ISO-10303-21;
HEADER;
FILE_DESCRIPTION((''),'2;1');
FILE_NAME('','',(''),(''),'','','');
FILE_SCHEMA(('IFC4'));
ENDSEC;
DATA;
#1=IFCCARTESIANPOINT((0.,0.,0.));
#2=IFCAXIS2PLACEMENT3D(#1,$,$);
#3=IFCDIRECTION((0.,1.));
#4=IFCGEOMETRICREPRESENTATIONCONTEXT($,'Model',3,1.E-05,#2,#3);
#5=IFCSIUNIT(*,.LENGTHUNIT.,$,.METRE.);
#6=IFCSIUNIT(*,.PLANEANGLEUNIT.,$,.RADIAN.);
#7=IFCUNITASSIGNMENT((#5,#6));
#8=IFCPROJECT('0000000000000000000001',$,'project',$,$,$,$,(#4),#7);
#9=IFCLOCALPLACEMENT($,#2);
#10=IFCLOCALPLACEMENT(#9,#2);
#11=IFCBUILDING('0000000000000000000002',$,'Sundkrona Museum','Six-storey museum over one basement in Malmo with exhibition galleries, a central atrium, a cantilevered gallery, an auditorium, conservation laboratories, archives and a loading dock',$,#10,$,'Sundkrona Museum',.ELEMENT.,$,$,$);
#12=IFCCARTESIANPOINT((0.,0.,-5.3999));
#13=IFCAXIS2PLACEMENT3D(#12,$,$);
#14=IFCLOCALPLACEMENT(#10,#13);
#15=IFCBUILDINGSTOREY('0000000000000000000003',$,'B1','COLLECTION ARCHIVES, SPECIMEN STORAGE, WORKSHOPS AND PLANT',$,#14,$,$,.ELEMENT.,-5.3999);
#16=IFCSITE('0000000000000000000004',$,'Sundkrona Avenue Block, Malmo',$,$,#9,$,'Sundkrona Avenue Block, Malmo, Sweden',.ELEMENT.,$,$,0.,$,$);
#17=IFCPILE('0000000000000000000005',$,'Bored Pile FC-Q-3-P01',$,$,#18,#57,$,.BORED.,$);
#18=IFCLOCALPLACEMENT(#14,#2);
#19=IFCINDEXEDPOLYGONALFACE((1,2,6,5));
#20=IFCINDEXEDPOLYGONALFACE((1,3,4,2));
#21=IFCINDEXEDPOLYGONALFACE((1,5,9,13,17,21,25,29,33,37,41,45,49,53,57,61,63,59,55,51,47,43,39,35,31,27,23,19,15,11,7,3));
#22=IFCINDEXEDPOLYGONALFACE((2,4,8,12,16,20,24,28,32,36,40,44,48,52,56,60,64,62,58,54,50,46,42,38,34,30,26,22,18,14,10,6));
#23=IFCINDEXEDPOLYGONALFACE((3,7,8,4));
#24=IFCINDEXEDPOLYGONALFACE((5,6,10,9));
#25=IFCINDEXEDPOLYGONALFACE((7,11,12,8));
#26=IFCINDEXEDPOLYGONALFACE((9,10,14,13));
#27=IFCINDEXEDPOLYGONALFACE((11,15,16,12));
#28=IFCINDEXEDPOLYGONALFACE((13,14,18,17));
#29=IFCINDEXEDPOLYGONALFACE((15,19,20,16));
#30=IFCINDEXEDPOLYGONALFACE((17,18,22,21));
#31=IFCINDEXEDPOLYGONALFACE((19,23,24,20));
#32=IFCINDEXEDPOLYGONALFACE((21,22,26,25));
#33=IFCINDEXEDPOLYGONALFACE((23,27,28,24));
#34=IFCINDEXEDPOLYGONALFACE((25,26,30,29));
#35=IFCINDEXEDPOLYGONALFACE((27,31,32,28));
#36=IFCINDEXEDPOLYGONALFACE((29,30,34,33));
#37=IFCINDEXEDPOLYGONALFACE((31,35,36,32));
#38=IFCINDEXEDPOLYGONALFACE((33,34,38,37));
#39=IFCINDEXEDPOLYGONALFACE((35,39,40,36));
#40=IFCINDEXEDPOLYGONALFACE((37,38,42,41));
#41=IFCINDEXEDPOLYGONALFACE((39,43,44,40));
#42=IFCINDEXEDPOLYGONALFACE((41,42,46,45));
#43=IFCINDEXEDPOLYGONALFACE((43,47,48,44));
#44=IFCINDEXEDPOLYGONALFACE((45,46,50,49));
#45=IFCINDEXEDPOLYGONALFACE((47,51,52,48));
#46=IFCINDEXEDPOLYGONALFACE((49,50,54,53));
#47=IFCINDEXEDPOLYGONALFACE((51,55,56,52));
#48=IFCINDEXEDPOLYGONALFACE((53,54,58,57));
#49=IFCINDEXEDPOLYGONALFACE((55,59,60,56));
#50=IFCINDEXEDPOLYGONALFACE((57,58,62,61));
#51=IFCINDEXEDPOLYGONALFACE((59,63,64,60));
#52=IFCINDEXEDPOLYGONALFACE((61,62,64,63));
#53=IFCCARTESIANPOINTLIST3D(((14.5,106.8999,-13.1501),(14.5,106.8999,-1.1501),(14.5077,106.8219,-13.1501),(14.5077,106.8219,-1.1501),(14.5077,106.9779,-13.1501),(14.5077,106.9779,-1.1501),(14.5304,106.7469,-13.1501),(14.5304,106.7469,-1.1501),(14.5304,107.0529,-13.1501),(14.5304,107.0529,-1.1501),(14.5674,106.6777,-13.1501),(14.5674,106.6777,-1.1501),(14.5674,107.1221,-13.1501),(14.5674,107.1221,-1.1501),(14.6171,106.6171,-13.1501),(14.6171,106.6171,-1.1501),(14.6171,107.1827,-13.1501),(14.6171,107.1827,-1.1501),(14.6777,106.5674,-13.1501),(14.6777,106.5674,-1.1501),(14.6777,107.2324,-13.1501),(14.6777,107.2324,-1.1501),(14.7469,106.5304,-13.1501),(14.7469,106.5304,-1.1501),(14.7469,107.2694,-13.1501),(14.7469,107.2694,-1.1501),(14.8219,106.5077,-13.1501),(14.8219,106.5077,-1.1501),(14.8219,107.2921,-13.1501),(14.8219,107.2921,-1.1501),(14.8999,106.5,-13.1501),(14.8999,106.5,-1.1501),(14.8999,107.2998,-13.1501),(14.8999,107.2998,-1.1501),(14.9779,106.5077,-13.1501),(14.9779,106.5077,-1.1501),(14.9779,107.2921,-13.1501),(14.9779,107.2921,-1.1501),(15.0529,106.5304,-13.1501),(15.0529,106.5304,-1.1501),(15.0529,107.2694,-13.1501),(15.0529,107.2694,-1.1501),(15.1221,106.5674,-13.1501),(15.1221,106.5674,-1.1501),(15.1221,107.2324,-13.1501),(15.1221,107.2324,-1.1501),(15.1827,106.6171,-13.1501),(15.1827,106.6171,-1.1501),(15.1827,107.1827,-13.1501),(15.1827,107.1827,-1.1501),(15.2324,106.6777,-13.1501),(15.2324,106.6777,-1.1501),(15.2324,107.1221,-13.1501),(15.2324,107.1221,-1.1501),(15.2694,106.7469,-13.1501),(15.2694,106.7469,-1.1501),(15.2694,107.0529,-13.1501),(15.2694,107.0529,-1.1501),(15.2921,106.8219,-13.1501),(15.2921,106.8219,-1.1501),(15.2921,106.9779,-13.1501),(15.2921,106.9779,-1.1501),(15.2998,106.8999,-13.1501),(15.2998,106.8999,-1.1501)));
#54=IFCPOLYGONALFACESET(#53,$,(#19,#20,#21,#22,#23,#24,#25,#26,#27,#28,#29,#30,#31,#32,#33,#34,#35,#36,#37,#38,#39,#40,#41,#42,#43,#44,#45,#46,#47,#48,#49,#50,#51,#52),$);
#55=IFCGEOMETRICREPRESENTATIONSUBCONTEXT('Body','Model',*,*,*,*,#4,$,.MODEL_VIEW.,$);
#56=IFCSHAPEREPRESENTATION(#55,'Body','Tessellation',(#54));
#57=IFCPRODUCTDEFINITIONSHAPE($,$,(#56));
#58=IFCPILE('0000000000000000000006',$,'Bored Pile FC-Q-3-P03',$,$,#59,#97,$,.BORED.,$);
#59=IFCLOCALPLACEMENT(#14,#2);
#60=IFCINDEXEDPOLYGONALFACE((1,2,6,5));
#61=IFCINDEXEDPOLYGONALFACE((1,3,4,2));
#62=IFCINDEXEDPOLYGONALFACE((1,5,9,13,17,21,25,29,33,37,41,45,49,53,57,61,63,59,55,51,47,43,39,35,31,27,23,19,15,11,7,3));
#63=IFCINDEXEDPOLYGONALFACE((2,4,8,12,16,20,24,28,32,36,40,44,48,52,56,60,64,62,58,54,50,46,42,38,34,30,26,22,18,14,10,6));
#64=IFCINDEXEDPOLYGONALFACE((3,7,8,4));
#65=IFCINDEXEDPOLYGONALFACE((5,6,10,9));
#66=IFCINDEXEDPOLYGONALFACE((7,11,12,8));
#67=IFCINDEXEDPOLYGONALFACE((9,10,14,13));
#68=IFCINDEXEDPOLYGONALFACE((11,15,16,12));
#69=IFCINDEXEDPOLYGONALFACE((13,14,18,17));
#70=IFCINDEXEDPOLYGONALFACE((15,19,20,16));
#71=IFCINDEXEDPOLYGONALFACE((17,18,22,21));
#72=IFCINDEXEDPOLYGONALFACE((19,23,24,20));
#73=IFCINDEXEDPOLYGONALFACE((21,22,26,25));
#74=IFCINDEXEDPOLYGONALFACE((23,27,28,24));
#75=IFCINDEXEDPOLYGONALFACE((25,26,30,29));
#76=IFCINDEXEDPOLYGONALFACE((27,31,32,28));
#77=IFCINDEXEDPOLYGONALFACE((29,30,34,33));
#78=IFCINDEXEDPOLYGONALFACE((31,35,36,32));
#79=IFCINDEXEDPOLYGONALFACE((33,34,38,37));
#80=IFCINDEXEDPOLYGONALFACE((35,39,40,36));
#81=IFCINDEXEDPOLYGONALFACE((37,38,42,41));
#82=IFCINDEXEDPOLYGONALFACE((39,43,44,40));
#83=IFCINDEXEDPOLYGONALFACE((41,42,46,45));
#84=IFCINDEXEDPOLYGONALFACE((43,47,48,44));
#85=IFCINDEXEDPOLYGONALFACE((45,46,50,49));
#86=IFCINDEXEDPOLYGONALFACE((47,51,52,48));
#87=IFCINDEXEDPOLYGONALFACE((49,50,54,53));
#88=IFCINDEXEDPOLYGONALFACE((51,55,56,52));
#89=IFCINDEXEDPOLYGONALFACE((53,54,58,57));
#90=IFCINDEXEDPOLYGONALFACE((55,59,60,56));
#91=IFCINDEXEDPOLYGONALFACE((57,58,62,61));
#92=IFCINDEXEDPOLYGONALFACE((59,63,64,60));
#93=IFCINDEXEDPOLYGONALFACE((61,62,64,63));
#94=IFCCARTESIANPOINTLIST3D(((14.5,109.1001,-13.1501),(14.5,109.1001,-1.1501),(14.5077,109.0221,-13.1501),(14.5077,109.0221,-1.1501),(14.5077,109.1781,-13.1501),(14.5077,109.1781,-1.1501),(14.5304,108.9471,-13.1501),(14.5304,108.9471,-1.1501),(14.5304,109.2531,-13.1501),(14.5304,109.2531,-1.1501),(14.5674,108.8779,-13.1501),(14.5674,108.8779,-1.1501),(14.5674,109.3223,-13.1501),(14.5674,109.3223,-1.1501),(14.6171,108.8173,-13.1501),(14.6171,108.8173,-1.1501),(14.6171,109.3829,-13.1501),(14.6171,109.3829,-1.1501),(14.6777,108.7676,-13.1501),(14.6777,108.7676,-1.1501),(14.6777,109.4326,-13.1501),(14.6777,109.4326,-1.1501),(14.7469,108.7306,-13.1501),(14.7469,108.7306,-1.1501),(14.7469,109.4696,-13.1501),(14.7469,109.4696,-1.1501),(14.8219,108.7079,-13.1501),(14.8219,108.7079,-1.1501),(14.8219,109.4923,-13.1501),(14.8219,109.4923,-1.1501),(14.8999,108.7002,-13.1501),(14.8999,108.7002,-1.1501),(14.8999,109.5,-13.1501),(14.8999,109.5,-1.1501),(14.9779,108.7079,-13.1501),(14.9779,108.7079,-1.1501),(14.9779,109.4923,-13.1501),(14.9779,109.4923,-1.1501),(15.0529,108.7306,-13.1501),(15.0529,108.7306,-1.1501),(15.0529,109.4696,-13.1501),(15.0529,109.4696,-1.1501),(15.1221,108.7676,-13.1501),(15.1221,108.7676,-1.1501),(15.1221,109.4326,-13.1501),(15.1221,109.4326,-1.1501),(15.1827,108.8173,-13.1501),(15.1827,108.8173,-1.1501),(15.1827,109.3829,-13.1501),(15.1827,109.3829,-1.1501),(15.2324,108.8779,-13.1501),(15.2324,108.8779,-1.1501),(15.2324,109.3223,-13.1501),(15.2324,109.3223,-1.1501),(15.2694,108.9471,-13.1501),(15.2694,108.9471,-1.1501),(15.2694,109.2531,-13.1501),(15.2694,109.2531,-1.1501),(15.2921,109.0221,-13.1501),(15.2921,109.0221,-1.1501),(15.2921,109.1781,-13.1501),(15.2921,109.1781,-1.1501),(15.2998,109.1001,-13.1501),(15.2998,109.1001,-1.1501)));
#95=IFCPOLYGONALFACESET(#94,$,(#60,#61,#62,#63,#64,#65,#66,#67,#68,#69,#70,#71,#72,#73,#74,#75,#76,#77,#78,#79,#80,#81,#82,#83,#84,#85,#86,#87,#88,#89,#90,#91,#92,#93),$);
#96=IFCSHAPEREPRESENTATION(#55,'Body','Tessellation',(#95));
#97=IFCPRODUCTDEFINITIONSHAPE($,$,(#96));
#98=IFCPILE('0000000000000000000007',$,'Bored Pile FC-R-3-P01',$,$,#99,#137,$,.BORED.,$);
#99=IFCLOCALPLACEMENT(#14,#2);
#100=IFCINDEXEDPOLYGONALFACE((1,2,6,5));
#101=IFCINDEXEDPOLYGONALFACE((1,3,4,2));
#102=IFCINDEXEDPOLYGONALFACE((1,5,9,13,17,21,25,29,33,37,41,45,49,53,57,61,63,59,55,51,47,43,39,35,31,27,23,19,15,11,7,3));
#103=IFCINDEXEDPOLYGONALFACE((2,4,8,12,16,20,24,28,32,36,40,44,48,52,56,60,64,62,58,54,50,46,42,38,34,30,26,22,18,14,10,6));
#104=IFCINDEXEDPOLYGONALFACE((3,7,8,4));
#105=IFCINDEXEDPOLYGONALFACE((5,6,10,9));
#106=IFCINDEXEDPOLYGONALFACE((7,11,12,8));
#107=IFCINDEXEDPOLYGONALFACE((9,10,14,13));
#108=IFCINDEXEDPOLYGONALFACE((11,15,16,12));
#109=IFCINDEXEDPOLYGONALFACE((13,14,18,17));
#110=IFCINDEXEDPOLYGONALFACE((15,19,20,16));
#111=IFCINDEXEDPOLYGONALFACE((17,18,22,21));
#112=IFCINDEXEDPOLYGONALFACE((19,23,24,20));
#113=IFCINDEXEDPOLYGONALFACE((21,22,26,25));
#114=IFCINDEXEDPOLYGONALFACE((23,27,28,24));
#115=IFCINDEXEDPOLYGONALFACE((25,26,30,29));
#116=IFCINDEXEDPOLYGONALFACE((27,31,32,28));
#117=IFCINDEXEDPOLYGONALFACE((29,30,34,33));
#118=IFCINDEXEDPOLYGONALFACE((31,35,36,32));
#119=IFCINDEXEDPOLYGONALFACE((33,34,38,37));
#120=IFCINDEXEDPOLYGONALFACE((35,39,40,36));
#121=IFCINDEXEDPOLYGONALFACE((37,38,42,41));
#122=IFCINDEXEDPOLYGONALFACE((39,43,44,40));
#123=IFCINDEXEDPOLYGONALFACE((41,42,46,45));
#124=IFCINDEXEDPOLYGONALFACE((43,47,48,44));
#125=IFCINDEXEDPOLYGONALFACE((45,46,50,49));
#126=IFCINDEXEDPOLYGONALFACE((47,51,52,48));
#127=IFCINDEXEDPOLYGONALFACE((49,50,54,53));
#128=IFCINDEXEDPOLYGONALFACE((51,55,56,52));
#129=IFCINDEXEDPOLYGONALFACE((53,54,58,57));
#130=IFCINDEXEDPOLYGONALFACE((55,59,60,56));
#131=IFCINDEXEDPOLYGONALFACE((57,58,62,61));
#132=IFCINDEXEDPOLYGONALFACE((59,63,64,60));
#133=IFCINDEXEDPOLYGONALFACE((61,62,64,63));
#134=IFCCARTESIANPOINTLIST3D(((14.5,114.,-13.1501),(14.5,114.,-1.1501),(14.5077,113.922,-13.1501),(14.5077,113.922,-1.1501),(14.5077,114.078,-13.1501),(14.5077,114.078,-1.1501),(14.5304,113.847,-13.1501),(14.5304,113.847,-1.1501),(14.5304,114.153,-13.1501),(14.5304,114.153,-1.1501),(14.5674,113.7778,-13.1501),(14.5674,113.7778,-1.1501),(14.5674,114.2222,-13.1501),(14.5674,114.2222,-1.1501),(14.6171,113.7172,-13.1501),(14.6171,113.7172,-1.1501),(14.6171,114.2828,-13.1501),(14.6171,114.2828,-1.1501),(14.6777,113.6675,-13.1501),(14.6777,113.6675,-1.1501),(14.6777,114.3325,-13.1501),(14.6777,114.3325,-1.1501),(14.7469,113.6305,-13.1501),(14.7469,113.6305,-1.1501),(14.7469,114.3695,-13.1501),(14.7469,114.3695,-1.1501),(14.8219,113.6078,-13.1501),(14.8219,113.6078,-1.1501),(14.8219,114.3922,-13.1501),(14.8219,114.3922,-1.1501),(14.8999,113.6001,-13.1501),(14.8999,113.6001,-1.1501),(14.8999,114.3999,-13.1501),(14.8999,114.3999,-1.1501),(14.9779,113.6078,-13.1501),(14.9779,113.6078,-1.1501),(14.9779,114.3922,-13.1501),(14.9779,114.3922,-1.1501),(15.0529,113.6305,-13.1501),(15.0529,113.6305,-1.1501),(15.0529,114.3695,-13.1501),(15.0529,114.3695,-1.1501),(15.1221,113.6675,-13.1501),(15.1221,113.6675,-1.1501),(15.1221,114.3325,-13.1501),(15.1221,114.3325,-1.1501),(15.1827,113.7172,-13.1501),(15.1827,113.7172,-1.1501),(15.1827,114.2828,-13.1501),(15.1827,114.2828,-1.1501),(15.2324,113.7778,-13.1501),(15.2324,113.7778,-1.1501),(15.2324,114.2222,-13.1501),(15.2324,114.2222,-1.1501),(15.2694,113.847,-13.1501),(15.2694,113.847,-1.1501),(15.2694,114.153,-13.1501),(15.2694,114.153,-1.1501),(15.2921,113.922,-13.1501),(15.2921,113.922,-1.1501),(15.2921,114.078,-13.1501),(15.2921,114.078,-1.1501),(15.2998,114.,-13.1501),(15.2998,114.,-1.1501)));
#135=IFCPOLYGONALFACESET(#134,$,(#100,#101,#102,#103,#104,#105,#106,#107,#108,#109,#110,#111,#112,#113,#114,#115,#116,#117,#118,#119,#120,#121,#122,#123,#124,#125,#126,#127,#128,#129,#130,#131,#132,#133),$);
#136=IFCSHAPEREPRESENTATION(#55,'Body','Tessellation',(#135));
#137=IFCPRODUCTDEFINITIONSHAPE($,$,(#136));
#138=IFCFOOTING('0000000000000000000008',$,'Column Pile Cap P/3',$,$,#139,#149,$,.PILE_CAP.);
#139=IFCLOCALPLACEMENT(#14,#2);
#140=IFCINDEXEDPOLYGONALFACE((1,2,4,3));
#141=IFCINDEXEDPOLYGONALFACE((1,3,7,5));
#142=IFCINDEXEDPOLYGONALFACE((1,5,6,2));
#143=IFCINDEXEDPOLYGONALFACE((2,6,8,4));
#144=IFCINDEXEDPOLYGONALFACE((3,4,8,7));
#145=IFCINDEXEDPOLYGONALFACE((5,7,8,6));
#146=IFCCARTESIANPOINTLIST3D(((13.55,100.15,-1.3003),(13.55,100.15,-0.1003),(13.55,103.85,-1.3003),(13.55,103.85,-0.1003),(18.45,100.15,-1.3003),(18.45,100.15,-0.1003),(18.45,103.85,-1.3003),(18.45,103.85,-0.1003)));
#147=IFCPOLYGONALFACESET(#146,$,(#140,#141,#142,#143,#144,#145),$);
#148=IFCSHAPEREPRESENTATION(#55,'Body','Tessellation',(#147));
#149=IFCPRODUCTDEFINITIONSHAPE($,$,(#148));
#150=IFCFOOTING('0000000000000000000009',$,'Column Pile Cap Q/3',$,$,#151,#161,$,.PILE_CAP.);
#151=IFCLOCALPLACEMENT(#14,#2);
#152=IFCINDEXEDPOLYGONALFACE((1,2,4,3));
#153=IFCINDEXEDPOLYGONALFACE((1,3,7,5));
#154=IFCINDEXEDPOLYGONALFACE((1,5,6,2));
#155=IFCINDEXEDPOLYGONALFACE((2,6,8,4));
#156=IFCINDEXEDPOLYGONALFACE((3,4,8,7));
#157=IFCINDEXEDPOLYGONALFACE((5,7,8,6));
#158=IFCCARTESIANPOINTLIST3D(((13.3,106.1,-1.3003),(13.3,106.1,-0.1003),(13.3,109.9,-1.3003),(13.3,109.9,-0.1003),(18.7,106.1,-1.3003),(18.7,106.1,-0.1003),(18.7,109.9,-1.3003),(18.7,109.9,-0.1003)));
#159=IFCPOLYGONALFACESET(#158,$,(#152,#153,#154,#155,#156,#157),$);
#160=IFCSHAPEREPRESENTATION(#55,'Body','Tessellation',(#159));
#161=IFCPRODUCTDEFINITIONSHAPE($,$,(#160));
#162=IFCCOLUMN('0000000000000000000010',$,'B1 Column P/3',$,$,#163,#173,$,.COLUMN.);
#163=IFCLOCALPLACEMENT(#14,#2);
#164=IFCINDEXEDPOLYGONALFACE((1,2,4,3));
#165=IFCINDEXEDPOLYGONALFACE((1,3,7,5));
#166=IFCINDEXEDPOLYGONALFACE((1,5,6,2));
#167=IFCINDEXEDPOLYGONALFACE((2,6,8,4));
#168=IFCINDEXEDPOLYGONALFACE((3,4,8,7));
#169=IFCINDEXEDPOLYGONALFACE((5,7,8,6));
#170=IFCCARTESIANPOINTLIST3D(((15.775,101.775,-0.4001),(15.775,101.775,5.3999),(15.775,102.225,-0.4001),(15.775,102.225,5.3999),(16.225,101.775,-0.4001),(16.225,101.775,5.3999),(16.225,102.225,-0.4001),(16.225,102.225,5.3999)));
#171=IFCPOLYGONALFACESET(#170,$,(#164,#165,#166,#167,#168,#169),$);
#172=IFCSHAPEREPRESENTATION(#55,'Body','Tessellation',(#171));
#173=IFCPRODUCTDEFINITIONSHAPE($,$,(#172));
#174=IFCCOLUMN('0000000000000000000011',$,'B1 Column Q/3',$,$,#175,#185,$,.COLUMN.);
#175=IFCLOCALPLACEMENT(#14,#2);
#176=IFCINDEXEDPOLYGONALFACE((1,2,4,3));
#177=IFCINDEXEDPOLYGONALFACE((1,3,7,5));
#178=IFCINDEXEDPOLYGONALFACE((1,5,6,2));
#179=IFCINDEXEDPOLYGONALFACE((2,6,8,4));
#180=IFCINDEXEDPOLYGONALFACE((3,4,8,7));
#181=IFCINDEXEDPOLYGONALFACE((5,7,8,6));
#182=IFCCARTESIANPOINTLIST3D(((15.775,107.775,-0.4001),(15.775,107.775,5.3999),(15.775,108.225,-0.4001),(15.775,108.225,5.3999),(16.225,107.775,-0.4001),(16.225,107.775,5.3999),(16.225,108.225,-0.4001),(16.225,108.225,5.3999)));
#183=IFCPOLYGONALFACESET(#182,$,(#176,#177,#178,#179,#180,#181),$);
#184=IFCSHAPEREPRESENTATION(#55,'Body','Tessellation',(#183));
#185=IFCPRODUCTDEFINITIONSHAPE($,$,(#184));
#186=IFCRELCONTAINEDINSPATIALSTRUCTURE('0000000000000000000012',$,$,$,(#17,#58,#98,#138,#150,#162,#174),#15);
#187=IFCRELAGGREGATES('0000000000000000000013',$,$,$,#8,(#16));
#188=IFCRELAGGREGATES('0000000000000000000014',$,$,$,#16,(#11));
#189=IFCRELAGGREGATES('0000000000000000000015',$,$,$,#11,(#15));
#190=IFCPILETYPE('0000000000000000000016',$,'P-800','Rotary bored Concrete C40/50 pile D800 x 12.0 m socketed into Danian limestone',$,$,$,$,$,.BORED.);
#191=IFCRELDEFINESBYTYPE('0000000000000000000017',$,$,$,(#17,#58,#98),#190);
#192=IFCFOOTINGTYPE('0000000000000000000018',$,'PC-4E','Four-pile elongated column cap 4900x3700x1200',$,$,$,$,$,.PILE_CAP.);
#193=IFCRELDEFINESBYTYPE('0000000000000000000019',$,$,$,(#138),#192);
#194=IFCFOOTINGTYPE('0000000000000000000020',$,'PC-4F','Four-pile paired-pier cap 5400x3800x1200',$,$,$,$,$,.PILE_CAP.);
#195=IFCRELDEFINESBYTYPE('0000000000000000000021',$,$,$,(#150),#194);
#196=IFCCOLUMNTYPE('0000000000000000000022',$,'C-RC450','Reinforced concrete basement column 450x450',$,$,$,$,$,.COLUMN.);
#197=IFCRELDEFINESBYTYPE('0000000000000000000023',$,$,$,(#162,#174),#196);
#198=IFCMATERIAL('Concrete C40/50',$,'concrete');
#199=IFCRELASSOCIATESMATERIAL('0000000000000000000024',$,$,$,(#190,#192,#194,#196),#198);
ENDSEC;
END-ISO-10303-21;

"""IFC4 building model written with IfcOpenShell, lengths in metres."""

from ifc_helpers import new_model, si_unit, direction, frame, origin, origin_2d, place, context, subcontext, project, spatial, rectangle, circle, extrude, material, material_profile, profile_set, type_object, element, save


model = new_model("IFC4")

# Units and contexts
model_context = context("Model", 3, precision=1e-05, world=origin(), true_north=direction((0.0, 1.0)))
body_context = subcontext(model_context, "Body", "Model", "MODEL_VIEW")
ifc_project = project(units=[si_unit("LENGTHUNIT", "METRE"), si_unit("PLANEANGLEUNIT", "RADIAN")], contexts=[model_context])

# Site, building, storey
site_placement = place(None, origin())
site = spatial("IfcSite", under=ifc_project, at=site_placement, Name="Sundkrona Avenue Block, Malmo", LongName="Sundkrona Avenue Block, Malmo, Sweden", CompositionType="ELEMENT", RefElevation=0.0)
building_placement = place(site_placement, origin())
building = spatial("IfcBuilding", under=site, at=building_placement, Name="Sundkrona Museum", Description="Six-storey museum over one basement in Malmo with exhibition galleries, a central atrium, a cantilevered gallery, an auditorium, conservation laboratories, archives and a loading dock", LongName="Sundkrona Museum", CompositionType="ELEMENT")
storey_placement = place(building_placement, frame((0.0, 0.0, -5.3999)))
storey = spatial("IfcBuildingStorey", under=building, at=storey_placement, Name="B1", Description="COLLECTION ARCHIVES, SPECIMEN STORAGE, WORKSHOPS AND PLANT", CompositionType="ELEMENT", Elevation=-5.3999)

# Shared definitions
ifc_material_1 = material(Name="Concrete C40/50", Category="concrete")

# Piles
ifc_material_profile_1 = material_profile(ifc_material_1, circle(Radius=0.3999, at=origin_2d()), Name="PILE D800")
ifc_profile_set_1 = profile_set([ifc_material_profile_1], Name="Concrete C40/50")
pile_type = type_object("IfcPileType", Name="P-800", Description="Rotary bored Concrete C40/50 pile D800 x 12.0 m socketed into Danian limestone", PredefinedType="BORED", material=ifc_profile_set_1)
for number, where, z_axis, x_axis, name in (
    (1, (14.8999, 106.8999, -1.1501), (0.0, 0.0, -1.0), (1.0, 0.0, 0.0), "Bored Pile FC-Q-3-P01"),
    (2, (14.8999, 109.1001, -1.1501), (0.0, 0.0, -1.0), (1.0, 0.0, 0.0), "Bored Pile FC-Q-3-P03"),
    (3, (14.8999, 114.0, -1.1501), (0.0, 0.0, -1.0), (1.0, 0.0, 0.0), "Bored Pile FC-R-3-P01"),
):
    element("IfcPile", number, at=place(storey_placement, frame(where, z_axis=z_axis, x_axis=x_axis)), inside=storey, type_object=pile_type, Name=name, PredefinedType="BORED", context=body_context, shape_type="SweptSolid", body=[
        extrude(circle(Radius=0.3999, at=origin_2d()), origin(), (0.0, 0.0, 1.0), 12.0),
    ])

# Footings
footing_type_1 = type_object("IfcFootingType", Name="PC-4E", Description="Four-pile elongated column cap 4900x3700x1200", PredefinedType="PILE_CAP", material=ifc_material_1)
footing_1_placement = place(storey_placement, frame((16.0, 102.0, -1.3003), z_axis=(0.0, 0.0, 1.0), x_axis=(1.0, 0.0, 0.0)))
element("IfcFooting", 4, at=footing_1_placement, inside=storey, type_object=footing_type_1, Name="Column Pile Cap P/3", PredefinedType="PILE_CAP", context=body_context, shape_type="SweptSolid", body=[
    extrude(rectangle(XDim=4.8999, YDim=3.7, at=origin_2d()), origin(), (0.0, 0.0, 1.0), 1.2),
])
footing_type_2 = type_object("IfcFootingType", Name="PC-4F", Description="Four-pile paired-pier cap 5400x3800x1200", PredefinedType="PILE_CAP", material=ifc_material_1)
footing_2_placement = place(storey_placement, frame((16.0, 108.0, -1.3003), z_axis=(0.0, 0.0, 1.0), x_axis=(1.0, 0.0, 0.0)))
element("IfcFooting", 5, at=footing_2_placement, inside=storey, type_object=footing_type_2, Name="Column Pile Cap Q/3", PredefinedType="PILE_CAP", context=body_context, shape_type="SweptSolid", body=[
    extrude(rectangle(XDim=5.3999, YDim=3.8, at=origin_2d()), origin(), (0.0, 0.0, 1.0), 1.2),
])

# Columns
ifc_material_profile_2 = material_profile(ifc_material_1, rectangle(XDim=0.45, YDim=0.45, at=origin_2d()), Name="RC 450x450")
ifc_profile_set_2 = profile_set([ifc_material_profile_2], Name="Concrete C40/50")
column_type = type_object("IfcColumnType", Name="C-RC450", Description="Reinforced concrete basement column 450x450", PredefinedType="COLUMN", material=ifc_profile_set_2)
for number, where, z_axis, x_axis, name in (
    (6, (16.0, 102.0, -0.4001), (0.0, 0.0, 1.0), (1.0, 0.0, 0.0), "B1 Column P/3"),
    (7, (16.0, 108.0, -0.4001), (0.0, 0.0, 1.0), (1.0, 0.0, 0.0), "B1 Column Q/3"),
):
    element("IfcColumn", number, at=place(storey_placement, frame(where, z_axis=z_axis, x_axis=x_axis)), inside=storey, type_object=column_type, Name=name, PredefinedType="COLUMN", context=body_context, shape_type="SweptSolid", body=[
        extrude(rectangle(XDim=0.45, YDim=0.45, at=origin_2d()), origin(), (0.0, 0.0, 1.0), 5.8),
    ])

save(model, "model.ifc")
